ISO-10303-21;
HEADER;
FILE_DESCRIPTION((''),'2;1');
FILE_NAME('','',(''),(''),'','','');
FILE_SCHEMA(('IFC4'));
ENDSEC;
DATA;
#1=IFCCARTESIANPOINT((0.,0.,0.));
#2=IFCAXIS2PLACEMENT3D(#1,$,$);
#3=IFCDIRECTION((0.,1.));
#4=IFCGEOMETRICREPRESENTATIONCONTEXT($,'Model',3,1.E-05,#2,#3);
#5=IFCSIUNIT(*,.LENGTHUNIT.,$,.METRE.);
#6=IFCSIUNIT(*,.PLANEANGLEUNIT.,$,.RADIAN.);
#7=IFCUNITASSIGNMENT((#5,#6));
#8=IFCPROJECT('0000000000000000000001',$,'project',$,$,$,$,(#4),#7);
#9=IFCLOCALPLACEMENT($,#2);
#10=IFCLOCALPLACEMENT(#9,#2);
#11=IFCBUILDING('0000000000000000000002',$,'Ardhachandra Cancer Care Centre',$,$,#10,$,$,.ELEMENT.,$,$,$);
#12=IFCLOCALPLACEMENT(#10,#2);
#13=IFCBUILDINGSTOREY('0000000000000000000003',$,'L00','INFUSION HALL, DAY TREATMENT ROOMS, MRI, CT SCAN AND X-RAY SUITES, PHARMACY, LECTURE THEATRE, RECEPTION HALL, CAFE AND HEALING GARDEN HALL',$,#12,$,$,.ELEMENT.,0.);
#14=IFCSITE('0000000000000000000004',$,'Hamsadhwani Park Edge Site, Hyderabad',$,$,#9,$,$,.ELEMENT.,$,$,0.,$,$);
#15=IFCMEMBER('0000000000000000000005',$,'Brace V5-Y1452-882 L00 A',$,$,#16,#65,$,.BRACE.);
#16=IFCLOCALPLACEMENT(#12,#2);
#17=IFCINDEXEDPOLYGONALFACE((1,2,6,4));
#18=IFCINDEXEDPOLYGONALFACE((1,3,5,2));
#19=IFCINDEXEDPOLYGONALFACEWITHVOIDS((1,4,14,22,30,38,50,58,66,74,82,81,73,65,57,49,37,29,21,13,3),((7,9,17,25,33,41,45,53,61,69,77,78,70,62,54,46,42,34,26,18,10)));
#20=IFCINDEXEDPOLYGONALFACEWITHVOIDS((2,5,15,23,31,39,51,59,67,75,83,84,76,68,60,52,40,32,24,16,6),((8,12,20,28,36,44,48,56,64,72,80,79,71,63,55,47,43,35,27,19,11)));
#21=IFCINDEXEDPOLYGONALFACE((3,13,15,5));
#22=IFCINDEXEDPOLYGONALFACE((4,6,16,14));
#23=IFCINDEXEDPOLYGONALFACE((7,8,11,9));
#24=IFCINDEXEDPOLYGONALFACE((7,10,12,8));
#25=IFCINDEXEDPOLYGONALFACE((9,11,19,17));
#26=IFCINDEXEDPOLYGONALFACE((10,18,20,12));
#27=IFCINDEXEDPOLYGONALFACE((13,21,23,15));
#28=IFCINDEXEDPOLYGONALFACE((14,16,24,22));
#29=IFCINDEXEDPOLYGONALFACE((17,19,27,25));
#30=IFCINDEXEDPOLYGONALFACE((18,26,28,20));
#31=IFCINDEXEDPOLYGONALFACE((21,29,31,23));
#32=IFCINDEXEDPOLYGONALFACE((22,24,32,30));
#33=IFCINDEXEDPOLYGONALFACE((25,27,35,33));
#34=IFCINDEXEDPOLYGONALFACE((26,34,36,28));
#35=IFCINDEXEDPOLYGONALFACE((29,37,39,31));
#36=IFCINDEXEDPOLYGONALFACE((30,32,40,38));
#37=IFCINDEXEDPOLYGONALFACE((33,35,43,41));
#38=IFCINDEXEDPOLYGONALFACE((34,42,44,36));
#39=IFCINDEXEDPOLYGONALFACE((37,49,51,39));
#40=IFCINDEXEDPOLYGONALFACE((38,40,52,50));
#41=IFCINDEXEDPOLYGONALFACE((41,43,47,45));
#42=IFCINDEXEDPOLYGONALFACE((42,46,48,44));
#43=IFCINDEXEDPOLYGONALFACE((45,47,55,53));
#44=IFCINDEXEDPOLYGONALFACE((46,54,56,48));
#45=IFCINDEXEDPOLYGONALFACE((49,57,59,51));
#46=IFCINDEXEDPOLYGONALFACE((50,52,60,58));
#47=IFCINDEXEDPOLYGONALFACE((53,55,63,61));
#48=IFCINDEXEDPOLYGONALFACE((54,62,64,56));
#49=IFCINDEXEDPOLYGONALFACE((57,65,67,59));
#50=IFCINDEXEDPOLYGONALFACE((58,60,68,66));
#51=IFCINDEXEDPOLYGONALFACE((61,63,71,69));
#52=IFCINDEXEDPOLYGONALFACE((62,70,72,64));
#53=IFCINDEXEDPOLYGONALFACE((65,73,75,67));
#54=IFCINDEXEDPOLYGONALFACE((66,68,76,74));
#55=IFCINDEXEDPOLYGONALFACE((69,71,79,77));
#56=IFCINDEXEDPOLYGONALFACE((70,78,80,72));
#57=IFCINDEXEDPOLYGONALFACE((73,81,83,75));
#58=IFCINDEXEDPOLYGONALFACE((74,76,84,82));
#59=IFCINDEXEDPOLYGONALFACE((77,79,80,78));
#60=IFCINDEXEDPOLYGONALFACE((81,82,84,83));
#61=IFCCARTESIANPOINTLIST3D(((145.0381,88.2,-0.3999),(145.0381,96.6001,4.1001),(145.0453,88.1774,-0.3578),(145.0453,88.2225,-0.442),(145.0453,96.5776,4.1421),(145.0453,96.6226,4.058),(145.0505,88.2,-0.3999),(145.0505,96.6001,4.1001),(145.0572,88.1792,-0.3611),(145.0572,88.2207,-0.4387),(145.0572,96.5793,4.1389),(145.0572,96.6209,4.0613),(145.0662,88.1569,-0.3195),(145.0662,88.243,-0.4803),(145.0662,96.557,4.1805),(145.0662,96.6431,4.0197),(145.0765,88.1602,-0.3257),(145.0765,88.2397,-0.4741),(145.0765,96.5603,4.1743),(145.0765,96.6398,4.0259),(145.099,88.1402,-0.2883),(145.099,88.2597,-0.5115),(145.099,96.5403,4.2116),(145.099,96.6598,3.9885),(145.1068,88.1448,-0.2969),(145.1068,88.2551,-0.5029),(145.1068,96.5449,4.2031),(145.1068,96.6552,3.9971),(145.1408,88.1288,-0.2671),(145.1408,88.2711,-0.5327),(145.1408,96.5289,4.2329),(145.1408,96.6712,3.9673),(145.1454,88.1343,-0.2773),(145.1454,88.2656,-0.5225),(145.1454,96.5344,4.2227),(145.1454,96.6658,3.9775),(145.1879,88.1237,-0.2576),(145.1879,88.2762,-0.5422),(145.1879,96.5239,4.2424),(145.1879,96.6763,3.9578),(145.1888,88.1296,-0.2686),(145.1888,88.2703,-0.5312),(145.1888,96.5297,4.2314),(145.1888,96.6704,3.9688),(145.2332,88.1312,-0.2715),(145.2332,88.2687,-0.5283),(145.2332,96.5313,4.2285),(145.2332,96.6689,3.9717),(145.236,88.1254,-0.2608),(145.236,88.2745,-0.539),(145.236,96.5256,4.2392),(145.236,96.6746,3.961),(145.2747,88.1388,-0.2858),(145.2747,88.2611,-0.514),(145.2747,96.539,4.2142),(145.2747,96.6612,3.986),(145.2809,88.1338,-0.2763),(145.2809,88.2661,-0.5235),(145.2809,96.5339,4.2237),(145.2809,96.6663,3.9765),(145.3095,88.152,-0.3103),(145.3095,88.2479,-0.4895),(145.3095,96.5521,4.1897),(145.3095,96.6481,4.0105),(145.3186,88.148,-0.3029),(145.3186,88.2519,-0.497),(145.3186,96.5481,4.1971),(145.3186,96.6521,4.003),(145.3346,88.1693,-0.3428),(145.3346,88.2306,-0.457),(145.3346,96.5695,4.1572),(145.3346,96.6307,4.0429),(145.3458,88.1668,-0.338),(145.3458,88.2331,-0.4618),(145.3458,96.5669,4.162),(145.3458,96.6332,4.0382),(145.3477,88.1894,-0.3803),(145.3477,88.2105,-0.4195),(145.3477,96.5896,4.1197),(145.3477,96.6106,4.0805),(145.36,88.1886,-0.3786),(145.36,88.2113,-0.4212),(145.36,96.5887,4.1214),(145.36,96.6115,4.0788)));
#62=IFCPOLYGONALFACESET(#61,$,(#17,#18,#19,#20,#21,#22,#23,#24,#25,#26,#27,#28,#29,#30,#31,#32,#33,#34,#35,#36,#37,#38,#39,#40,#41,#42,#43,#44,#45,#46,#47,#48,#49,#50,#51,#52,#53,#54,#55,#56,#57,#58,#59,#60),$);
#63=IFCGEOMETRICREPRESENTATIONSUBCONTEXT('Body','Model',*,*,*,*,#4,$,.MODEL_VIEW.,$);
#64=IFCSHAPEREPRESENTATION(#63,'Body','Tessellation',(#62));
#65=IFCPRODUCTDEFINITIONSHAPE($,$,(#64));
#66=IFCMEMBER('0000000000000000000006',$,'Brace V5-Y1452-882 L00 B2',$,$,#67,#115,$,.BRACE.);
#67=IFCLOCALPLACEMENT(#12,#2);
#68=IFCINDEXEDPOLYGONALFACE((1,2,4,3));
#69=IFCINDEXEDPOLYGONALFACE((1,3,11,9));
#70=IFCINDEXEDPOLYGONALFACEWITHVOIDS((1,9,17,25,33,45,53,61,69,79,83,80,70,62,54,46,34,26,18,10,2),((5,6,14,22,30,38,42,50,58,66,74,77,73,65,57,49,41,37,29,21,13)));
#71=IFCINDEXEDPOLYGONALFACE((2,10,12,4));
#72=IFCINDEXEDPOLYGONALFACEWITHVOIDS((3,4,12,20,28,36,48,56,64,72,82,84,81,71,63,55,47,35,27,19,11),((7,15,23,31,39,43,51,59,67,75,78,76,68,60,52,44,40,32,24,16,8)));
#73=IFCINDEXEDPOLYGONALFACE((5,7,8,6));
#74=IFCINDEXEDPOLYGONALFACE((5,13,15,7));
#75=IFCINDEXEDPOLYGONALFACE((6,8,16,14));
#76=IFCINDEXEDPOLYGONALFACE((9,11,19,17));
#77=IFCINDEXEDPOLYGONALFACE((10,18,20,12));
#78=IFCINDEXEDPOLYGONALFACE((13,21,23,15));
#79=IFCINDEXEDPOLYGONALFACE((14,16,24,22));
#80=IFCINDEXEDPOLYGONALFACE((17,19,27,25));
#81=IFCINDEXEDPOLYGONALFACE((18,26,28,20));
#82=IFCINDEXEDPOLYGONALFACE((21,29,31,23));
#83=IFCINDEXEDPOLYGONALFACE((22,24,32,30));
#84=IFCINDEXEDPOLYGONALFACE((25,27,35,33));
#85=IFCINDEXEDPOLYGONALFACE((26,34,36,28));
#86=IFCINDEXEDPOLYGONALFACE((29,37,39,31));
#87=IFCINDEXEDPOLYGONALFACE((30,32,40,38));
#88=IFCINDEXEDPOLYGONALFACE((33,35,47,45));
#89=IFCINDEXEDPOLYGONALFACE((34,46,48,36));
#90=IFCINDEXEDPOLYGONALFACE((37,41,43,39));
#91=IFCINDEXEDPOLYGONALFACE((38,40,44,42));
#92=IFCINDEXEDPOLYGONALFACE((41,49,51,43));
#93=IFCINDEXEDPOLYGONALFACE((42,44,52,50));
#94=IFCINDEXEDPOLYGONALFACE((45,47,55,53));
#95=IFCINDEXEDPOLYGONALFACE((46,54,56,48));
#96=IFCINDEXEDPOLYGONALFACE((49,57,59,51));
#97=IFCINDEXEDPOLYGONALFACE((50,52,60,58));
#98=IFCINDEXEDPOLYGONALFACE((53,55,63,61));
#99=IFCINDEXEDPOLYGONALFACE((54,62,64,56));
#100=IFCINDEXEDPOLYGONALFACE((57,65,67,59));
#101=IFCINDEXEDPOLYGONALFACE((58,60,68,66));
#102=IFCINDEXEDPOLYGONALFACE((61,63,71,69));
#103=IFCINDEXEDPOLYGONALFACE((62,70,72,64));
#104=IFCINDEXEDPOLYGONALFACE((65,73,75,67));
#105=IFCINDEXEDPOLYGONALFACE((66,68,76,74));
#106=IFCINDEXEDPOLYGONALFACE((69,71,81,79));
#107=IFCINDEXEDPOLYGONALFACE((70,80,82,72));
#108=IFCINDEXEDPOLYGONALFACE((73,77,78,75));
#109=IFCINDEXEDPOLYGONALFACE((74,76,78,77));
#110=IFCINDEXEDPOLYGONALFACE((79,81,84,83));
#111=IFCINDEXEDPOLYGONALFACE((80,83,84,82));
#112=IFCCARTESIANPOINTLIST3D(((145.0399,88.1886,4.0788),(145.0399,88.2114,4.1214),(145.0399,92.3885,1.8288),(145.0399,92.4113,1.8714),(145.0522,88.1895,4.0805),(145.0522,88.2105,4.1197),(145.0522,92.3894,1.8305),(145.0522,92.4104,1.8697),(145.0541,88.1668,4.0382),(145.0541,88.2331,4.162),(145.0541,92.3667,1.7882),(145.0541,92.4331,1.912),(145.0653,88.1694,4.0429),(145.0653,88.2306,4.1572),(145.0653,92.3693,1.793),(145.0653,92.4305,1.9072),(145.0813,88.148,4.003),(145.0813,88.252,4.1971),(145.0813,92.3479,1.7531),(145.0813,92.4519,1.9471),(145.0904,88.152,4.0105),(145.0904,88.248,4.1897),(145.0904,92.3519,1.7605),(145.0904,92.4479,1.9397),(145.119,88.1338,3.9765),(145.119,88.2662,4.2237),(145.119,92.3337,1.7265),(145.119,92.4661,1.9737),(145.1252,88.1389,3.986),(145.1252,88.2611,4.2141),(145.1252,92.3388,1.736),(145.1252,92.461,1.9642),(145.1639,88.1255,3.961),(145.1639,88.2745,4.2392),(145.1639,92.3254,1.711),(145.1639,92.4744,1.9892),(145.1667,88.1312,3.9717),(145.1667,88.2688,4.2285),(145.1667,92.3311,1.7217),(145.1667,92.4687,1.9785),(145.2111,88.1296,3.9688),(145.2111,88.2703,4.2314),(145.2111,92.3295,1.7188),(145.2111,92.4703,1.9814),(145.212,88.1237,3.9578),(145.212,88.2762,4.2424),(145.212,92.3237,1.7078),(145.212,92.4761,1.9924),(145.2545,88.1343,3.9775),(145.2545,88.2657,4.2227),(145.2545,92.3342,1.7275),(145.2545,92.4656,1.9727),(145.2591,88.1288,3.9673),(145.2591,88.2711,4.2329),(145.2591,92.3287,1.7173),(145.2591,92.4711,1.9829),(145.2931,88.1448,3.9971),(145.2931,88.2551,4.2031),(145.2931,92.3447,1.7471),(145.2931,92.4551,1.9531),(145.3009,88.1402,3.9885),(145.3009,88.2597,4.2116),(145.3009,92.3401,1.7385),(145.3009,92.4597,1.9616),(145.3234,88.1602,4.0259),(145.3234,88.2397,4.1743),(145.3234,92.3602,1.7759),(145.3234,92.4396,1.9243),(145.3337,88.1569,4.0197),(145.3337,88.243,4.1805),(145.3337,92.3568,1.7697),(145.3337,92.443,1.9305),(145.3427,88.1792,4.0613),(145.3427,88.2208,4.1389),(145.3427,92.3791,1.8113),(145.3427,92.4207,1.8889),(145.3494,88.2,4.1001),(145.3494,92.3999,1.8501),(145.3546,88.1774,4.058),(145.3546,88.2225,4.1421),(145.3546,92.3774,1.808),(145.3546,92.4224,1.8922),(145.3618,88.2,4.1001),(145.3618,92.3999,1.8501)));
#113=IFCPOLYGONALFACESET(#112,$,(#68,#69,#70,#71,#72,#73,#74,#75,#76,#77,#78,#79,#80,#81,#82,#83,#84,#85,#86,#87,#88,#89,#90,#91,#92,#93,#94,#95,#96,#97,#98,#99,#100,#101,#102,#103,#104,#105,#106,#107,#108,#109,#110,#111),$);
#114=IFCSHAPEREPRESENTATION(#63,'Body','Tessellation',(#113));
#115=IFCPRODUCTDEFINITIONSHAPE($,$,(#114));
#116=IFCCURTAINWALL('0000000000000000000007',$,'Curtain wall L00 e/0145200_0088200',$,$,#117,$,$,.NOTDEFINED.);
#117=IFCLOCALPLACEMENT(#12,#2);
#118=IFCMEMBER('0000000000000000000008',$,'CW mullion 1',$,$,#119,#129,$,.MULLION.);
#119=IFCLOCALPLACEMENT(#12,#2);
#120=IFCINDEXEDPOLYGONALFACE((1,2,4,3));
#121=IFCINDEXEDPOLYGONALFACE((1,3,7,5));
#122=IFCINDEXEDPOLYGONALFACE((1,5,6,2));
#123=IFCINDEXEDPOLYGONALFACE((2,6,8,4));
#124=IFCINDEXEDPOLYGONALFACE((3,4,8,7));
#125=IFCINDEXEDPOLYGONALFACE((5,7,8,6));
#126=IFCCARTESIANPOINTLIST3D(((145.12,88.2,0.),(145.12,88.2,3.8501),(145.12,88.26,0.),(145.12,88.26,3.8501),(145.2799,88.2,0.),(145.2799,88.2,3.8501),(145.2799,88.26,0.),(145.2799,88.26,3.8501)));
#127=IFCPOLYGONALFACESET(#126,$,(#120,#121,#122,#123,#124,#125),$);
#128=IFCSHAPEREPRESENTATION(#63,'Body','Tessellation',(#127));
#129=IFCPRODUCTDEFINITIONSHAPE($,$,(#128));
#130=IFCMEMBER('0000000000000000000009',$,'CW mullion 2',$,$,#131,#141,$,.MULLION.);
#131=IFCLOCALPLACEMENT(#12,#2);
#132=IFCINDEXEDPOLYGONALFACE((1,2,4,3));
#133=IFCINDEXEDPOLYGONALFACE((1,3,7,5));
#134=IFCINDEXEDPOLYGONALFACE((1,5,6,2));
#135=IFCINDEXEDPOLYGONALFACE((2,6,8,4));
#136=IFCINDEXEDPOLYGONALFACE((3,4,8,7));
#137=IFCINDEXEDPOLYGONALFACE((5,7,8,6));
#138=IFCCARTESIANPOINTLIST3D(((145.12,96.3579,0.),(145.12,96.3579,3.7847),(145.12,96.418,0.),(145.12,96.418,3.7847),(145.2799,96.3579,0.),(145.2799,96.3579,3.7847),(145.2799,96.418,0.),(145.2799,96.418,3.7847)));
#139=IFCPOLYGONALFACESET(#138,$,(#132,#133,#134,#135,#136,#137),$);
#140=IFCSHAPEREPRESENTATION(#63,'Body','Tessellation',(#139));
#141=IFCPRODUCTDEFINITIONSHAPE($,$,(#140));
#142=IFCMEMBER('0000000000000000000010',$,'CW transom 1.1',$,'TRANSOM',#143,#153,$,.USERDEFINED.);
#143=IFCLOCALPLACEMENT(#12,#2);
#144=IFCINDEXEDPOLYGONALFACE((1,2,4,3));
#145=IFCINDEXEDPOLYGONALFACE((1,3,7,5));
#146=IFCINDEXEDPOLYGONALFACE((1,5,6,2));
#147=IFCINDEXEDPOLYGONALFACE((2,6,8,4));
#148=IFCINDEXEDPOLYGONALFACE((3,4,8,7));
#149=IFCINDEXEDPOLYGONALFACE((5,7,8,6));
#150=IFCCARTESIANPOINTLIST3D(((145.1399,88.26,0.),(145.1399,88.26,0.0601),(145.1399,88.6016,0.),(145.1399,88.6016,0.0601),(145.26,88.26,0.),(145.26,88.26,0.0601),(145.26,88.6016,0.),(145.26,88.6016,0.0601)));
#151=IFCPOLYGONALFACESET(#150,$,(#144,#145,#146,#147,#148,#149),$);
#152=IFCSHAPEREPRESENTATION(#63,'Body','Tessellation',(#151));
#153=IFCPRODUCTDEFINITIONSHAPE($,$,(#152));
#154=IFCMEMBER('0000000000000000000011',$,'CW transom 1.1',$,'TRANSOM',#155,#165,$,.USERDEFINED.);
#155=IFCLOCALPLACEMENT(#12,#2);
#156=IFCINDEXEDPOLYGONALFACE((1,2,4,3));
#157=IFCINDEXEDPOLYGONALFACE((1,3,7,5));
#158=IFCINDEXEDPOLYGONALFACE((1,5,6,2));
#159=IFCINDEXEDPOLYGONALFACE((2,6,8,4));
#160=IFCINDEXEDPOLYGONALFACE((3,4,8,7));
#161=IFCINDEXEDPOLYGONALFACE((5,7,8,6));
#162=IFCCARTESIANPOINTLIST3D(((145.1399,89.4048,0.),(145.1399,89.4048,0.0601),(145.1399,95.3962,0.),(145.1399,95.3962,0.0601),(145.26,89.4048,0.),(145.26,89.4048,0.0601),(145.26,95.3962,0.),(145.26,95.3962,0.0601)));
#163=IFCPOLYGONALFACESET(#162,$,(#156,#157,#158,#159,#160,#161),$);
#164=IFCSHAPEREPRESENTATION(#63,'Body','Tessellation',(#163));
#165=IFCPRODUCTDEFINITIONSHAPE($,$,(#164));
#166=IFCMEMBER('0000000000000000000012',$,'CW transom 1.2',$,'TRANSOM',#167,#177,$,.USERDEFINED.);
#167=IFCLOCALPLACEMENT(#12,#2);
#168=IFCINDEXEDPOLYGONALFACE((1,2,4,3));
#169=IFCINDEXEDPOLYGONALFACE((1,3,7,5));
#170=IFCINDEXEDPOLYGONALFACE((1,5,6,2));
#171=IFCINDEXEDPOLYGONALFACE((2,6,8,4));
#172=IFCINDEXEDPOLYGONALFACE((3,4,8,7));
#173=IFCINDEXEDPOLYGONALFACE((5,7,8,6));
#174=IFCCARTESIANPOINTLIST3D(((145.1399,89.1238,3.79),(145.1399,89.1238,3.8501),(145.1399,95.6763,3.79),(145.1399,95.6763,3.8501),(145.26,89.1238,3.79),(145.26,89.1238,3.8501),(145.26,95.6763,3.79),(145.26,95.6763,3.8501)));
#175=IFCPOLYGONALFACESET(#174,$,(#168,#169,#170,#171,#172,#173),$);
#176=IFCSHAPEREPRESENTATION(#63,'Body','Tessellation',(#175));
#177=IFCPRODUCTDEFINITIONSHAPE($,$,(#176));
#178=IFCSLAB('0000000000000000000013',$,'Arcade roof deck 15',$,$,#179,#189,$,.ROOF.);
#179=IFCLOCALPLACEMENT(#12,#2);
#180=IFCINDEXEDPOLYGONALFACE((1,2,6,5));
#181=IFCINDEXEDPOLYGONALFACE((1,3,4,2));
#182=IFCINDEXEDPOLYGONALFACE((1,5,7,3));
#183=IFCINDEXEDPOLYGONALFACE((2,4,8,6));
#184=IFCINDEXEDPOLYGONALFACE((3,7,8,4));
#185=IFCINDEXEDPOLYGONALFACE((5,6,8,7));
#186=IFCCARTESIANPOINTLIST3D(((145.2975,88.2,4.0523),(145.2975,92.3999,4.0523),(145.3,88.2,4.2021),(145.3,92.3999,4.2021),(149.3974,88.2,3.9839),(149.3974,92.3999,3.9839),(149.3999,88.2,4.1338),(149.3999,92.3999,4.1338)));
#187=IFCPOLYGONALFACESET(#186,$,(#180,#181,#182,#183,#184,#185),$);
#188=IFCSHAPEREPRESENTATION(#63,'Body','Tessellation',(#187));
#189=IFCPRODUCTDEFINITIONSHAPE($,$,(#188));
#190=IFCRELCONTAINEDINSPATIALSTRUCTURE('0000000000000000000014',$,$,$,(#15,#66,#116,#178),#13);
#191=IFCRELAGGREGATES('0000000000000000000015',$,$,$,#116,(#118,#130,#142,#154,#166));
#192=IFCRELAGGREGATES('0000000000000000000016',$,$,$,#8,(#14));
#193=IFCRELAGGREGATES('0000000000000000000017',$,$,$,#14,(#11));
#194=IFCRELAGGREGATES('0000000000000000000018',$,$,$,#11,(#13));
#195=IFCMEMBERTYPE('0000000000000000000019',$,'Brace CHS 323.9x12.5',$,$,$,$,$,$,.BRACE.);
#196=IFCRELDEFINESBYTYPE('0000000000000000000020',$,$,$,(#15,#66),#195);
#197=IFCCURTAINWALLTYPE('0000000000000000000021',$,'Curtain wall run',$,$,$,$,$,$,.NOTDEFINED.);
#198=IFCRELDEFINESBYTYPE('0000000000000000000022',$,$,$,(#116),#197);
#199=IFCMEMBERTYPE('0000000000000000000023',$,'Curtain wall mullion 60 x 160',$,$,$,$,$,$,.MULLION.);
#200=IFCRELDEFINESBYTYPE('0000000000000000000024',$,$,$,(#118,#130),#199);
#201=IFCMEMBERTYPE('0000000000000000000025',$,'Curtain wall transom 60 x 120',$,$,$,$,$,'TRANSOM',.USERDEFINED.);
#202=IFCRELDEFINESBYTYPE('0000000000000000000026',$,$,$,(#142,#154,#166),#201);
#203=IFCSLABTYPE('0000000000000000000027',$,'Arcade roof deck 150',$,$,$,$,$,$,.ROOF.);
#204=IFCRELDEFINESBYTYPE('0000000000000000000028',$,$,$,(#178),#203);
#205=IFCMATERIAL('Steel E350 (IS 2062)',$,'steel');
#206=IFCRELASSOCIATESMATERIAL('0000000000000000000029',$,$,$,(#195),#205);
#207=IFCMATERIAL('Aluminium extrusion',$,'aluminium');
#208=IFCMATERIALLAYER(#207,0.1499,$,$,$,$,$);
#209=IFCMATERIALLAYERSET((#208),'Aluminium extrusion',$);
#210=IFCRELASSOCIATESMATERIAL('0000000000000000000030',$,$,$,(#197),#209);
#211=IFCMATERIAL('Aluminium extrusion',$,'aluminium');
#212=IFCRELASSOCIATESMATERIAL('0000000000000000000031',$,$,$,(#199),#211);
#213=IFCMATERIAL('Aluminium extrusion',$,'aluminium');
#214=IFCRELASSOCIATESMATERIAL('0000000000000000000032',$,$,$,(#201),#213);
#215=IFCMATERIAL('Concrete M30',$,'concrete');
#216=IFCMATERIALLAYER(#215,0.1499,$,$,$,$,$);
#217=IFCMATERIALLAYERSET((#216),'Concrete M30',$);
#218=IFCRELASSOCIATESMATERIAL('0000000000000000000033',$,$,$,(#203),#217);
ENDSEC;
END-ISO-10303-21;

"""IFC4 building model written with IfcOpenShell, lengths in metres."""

from ifc_helpers import new_model, si_unit, direction, frame, origin, origin_2d, place, context, subcontext, project, spatial, polyline, rectangle, hollow_circle, outline, extrude, material, layer, layer_set, material_profile, profile_set, type_object, element, aggregate, save


model = new_model("IFC4")

# Units and contexts
model_context = context("Model", 3, precision=1e-05, world=origin(), true_north=direction((0.0, 1.0)))
body_context = subcontext(model_context, "Body", "Model", "MODEL_VIEW")
ifc_project = project(units=[si_unit("LENGTHUNIT", "METRE"), si_unit("PLANEANGLEUNIT", "RADIAN")], contexts=[model_context])

# Site, building, storey
site_placement = place(None, origin())
site = spatial("IfcSite", under=ifc_project, at=site_placement, Name="Hamsadhwani Park Edge Site, Hyderabad", CompositionType="ELEMENT", RefElevation=0.0)
building_placement = place(site_placement, origin())
building = spatial("IfcBuilding", under=site, at=building_placement, Name="Ardhachandra Cancer Care Centre", CompositionType="ELEMENT")
storey_placement = place(building_placement, origin())
storey = spatial("IfcBuildingStorey", under=building, at=storey_placement, Name="L00", Description="INFUSION HALL, DAY TREATMENT ROOMS, MRI, CT SCAN AND X-RAY SUITES, PHARMACY, LECTURE THEATRE, RECEPTION HALL, CAFE AND HEALING GARDEN HALL", CompositionType="ELEMENT", Elevation=0.0)

# Members
ifc_material_1 = material(Name="Steel E350 (IS 2062)", Category="steel")
ifc_material_profile_1 = material_profile(ifc_material_1, hollow_circle(Radius=0.1619, WallThickness=0.0125, at=origin_2d()), Name="CHS 323.9x12.5")
ifc_profile_set_1 = profile_set([ifc_material_profile_1], Name="Steel E350 (IS 2062)")
member_type_1 = type_object("IfcMemberType", Name="Brace CHS 323.9x12.5", PredefinedType="BRACE", material=ifc_profile_set_1)
member_1_placement = place(storey_placement, frame((145.2, 88.2, -0.3999), z_axis=(0.0, 0.881483, 0.472215), x_axis=(-1.0, 0.0, 0.0)))
element("IfcMember", 1, at=member_1_placement, inside=storey, type_object=member_type_1, Name="Brace V5-Y1452-882 L00 A", PredefinedType="BRACE", context=body_context, shape_type="SweptSolid", body=[
    extrude(hollow_circle(Radius=0.1619, WallThickness=0.0125, at=origin_2d()), origin(), (0.0, 0.0, 1.0), 9.5295),
])
member_2_placement = place(storey_placement, frame((145.2, 92.3999, 1.8501), z_axis=(0.0, -0.881478, 0.472226), x_axis=(1.0, 0.0, 0.0)))
element("IfcMember", 2, at=member_2_placement, inside=storey, type_object=member_type_1, Name="Brace V5-Y1452-882 L00 B2", PredefinedType="BRACE", context=body_context, shape_type="SweptSolid", body=[
    extrude(hollow_circle(Radius=0.1619, WallThickness=0.0125, at=origin_2d()), origin(), (0.0, 0.0, 1.0), 4.7646),
])

# Curtain wall, members
ifc_material_2 = material(Name="Aluminium extrusion", Category="aluminium")
ifc_layer_1 = layer(ifc_material_2, 0.1499)
ifc_layer_set_1 = layer_set([ifc_layer_1], Name="Aluminium extrusion")
curtain_wall_type = type_object("IfcCurtainWallType", Name="Curtain wall run", PredefinedType="NOTDEFINED", material=ifc_layer_set_1)
curtain_wall_placement = place(storey_placement, origin())
curtain_wall = element("IfcCurtainWall", 3, at=curtain_wall_placement, inside=storey, type_object=curtain_wall_type, Name="Curtain wall L00 e/0145200_0088200", PredefinedType="NOTDEFINED")
ifc_material_3 = material(Name="Aluminium extrusion", Category="aluminium")
ifc_material_profile_2 = material_profile(ifc_material_3, rectangle(XDim=0.1599, YDim=0.0601, at=origin_2d()), Name="Curtain wall mullion 60 x 160")
ifc_profile_set_2 = profile_set([ifc_material_profile_2], Name="Aluminium extrusion")
member_type_2 = type_object("IfcMemberType", Name="Curtain wall mullion 60 x 160", PredefinedType="MULLION", material=ifc_profile_set_2)
member_3_placement = place(storey_placement, frame((145.2, 88.23, 0.0), z_axis=(0.0, 0.0, 1.0), x_axis=(-1.0, 0.0, 0.0)))
member_3 = element("IfcMember", 4, at=member_3_placement, type_object=member_type_2, Name="CW mullion 1", PredefinedType="MULLION", context=body_context, shape_type="SweptSolid", body=[
    extrude(rectangle(XDim=0.1599, YDim=0.0601, at=origin_2d()), origin(), (0.0, 0.0, 1.0), 3.8501),
])
member_4_placement = place(storey_placement, frame((145.2, 96.3879, 0.0), z_axis=(0.0, 0.0, 1.0), x_axis=(-1.0, 0.0, 0.0)))
member_4 = element("IfcMember", 5, at=member_4_placement, type_object=member_type_2, Name="CW mullion 2", PredefinedType="MULLION", context=body_context, shape_type="SweptSolid", body=[
    extrude(rectangle(XDim=0.1599, YDim=0.0601, at=origin_2d()), origin(), (0.0, 0.0, 1.0), 3.7847),
])
ifc_material_4 = material(Name="Aluminium extrusion", Category="aluminium")
ifc_material_profile_3 = material_profile(ifc_material_4, rectangle(XDim=0.1201, YDim=0.0601, at=origin_2d()), Name="Curtain wall transom 60 x 120")
ifc_profile_set_3 = profile_set([ifc_material_profile_3], Name="Aluminium extrusion")
member_type_3 = type_object("IfcMemberType", Name="Curtain wall transom 60 x 120", ElementType="TRANSOM", PredefinedType="USERDEFINED", material=ifc_profile_set_3)
member_5_placement = place(storey_placement, frame((145.2, 88.26, 0.03), z_axis=(0.0, 1.0, 0.0), x_axis=(-1.0, 0.0, 0.0)))
member_5 = element("IfcMember", 6, at=member_5_placement, type_object=member_type_3, Name="CW transom 1.1", ObjectType="TRANSOM", PredefinedType="USERDEFINED", context=body_context, shape_type="SweptSolid", body=[
    extrude(rectangle(XDim=0.1201, YDim=0.0601, at=origin_2d()), origin(), (0.0, 0.0, 1.0), 0.3416),
])
member_6_placement = place(storey_placement, frame((145.2, 89.4048, 0.03), z_axis=(0.0, 1.0, 0.0), x_axis=(-1.0, 0.0, 0.0)))
member_6 = element("IfcMember", 7, at=member_6_placement, type_object=member_type_3, Name="CW transom 1.1", ObjectType="TRANSOM", PredefinedType="USERDEFINED", context=body_context, shape_type="SweptSolid", body=[
    extrude(rectangle(XDim=0.1201, YDim=0.0601, at=origin_2d()), origin(), (0.0, 0.0, 1.0), 5.9915),
])
member_7_placement = place(storey_placement, frame((145.2, 89.1238, 3.8201), z_axis=(0.0, 1.0, 0.0), x_axis=(-1.0, 0.0, 0.0)))
member_7 = element("IfcMember", 8, at=member_7_placement, type_object=member_type_3, Name="CW transom 1.2", ObjectType="TRANSOM", PredefinedType="USERDEFINED", context=body_context, shape_type="SweptSolid", body=[
    extrude(rectangle(XDim=0.1201, YDim=0.0601, at=origin_2d()), origin(), (0.0, 0.0, 1.0), 6.5525),
])

# Slab
ifc_material_5 = material(Name="Concrete M30", Category="concrete")
ifc_layer_2 = layer(ifc_material_5, 0.1499)
ifc_layer_set_2 = layer_set([ifc_layer_2], Name="Concrete M30")
slab_type = type_object("IfcSlabType", Name="Arcade roof deck 150", PredefinedType="ROOF", material=ifc_layer_set_2)
slab_1_placement = place(storey_placement, frame((145.3, 88.2, 4.2021), z_axis=(0.016671, 0.0, 0.999861), x_axis=(0.999861, 0.0, -0.016671)))
element("IfcSlab", 9, at=slab_1_placement, inside=storey, type_object=slab_type, Name="Arcade roof deck 15", PredefinedType="ROOF", context=body_context, shape_type="SweptSolid", body=[
    extrude(outline(polyline([(0.0, 0.0), (4.1004, 0.0), (4.1004, 4.2), (0.0, 4.2), (0.0, 0.0)])), origin(), (0.0, 0.0, -1.0), 0.1499),
])

aggregate(curtain_wall, [member_3, member_4, member_5, member_6, member_7])

save(model, "model.ifc")
